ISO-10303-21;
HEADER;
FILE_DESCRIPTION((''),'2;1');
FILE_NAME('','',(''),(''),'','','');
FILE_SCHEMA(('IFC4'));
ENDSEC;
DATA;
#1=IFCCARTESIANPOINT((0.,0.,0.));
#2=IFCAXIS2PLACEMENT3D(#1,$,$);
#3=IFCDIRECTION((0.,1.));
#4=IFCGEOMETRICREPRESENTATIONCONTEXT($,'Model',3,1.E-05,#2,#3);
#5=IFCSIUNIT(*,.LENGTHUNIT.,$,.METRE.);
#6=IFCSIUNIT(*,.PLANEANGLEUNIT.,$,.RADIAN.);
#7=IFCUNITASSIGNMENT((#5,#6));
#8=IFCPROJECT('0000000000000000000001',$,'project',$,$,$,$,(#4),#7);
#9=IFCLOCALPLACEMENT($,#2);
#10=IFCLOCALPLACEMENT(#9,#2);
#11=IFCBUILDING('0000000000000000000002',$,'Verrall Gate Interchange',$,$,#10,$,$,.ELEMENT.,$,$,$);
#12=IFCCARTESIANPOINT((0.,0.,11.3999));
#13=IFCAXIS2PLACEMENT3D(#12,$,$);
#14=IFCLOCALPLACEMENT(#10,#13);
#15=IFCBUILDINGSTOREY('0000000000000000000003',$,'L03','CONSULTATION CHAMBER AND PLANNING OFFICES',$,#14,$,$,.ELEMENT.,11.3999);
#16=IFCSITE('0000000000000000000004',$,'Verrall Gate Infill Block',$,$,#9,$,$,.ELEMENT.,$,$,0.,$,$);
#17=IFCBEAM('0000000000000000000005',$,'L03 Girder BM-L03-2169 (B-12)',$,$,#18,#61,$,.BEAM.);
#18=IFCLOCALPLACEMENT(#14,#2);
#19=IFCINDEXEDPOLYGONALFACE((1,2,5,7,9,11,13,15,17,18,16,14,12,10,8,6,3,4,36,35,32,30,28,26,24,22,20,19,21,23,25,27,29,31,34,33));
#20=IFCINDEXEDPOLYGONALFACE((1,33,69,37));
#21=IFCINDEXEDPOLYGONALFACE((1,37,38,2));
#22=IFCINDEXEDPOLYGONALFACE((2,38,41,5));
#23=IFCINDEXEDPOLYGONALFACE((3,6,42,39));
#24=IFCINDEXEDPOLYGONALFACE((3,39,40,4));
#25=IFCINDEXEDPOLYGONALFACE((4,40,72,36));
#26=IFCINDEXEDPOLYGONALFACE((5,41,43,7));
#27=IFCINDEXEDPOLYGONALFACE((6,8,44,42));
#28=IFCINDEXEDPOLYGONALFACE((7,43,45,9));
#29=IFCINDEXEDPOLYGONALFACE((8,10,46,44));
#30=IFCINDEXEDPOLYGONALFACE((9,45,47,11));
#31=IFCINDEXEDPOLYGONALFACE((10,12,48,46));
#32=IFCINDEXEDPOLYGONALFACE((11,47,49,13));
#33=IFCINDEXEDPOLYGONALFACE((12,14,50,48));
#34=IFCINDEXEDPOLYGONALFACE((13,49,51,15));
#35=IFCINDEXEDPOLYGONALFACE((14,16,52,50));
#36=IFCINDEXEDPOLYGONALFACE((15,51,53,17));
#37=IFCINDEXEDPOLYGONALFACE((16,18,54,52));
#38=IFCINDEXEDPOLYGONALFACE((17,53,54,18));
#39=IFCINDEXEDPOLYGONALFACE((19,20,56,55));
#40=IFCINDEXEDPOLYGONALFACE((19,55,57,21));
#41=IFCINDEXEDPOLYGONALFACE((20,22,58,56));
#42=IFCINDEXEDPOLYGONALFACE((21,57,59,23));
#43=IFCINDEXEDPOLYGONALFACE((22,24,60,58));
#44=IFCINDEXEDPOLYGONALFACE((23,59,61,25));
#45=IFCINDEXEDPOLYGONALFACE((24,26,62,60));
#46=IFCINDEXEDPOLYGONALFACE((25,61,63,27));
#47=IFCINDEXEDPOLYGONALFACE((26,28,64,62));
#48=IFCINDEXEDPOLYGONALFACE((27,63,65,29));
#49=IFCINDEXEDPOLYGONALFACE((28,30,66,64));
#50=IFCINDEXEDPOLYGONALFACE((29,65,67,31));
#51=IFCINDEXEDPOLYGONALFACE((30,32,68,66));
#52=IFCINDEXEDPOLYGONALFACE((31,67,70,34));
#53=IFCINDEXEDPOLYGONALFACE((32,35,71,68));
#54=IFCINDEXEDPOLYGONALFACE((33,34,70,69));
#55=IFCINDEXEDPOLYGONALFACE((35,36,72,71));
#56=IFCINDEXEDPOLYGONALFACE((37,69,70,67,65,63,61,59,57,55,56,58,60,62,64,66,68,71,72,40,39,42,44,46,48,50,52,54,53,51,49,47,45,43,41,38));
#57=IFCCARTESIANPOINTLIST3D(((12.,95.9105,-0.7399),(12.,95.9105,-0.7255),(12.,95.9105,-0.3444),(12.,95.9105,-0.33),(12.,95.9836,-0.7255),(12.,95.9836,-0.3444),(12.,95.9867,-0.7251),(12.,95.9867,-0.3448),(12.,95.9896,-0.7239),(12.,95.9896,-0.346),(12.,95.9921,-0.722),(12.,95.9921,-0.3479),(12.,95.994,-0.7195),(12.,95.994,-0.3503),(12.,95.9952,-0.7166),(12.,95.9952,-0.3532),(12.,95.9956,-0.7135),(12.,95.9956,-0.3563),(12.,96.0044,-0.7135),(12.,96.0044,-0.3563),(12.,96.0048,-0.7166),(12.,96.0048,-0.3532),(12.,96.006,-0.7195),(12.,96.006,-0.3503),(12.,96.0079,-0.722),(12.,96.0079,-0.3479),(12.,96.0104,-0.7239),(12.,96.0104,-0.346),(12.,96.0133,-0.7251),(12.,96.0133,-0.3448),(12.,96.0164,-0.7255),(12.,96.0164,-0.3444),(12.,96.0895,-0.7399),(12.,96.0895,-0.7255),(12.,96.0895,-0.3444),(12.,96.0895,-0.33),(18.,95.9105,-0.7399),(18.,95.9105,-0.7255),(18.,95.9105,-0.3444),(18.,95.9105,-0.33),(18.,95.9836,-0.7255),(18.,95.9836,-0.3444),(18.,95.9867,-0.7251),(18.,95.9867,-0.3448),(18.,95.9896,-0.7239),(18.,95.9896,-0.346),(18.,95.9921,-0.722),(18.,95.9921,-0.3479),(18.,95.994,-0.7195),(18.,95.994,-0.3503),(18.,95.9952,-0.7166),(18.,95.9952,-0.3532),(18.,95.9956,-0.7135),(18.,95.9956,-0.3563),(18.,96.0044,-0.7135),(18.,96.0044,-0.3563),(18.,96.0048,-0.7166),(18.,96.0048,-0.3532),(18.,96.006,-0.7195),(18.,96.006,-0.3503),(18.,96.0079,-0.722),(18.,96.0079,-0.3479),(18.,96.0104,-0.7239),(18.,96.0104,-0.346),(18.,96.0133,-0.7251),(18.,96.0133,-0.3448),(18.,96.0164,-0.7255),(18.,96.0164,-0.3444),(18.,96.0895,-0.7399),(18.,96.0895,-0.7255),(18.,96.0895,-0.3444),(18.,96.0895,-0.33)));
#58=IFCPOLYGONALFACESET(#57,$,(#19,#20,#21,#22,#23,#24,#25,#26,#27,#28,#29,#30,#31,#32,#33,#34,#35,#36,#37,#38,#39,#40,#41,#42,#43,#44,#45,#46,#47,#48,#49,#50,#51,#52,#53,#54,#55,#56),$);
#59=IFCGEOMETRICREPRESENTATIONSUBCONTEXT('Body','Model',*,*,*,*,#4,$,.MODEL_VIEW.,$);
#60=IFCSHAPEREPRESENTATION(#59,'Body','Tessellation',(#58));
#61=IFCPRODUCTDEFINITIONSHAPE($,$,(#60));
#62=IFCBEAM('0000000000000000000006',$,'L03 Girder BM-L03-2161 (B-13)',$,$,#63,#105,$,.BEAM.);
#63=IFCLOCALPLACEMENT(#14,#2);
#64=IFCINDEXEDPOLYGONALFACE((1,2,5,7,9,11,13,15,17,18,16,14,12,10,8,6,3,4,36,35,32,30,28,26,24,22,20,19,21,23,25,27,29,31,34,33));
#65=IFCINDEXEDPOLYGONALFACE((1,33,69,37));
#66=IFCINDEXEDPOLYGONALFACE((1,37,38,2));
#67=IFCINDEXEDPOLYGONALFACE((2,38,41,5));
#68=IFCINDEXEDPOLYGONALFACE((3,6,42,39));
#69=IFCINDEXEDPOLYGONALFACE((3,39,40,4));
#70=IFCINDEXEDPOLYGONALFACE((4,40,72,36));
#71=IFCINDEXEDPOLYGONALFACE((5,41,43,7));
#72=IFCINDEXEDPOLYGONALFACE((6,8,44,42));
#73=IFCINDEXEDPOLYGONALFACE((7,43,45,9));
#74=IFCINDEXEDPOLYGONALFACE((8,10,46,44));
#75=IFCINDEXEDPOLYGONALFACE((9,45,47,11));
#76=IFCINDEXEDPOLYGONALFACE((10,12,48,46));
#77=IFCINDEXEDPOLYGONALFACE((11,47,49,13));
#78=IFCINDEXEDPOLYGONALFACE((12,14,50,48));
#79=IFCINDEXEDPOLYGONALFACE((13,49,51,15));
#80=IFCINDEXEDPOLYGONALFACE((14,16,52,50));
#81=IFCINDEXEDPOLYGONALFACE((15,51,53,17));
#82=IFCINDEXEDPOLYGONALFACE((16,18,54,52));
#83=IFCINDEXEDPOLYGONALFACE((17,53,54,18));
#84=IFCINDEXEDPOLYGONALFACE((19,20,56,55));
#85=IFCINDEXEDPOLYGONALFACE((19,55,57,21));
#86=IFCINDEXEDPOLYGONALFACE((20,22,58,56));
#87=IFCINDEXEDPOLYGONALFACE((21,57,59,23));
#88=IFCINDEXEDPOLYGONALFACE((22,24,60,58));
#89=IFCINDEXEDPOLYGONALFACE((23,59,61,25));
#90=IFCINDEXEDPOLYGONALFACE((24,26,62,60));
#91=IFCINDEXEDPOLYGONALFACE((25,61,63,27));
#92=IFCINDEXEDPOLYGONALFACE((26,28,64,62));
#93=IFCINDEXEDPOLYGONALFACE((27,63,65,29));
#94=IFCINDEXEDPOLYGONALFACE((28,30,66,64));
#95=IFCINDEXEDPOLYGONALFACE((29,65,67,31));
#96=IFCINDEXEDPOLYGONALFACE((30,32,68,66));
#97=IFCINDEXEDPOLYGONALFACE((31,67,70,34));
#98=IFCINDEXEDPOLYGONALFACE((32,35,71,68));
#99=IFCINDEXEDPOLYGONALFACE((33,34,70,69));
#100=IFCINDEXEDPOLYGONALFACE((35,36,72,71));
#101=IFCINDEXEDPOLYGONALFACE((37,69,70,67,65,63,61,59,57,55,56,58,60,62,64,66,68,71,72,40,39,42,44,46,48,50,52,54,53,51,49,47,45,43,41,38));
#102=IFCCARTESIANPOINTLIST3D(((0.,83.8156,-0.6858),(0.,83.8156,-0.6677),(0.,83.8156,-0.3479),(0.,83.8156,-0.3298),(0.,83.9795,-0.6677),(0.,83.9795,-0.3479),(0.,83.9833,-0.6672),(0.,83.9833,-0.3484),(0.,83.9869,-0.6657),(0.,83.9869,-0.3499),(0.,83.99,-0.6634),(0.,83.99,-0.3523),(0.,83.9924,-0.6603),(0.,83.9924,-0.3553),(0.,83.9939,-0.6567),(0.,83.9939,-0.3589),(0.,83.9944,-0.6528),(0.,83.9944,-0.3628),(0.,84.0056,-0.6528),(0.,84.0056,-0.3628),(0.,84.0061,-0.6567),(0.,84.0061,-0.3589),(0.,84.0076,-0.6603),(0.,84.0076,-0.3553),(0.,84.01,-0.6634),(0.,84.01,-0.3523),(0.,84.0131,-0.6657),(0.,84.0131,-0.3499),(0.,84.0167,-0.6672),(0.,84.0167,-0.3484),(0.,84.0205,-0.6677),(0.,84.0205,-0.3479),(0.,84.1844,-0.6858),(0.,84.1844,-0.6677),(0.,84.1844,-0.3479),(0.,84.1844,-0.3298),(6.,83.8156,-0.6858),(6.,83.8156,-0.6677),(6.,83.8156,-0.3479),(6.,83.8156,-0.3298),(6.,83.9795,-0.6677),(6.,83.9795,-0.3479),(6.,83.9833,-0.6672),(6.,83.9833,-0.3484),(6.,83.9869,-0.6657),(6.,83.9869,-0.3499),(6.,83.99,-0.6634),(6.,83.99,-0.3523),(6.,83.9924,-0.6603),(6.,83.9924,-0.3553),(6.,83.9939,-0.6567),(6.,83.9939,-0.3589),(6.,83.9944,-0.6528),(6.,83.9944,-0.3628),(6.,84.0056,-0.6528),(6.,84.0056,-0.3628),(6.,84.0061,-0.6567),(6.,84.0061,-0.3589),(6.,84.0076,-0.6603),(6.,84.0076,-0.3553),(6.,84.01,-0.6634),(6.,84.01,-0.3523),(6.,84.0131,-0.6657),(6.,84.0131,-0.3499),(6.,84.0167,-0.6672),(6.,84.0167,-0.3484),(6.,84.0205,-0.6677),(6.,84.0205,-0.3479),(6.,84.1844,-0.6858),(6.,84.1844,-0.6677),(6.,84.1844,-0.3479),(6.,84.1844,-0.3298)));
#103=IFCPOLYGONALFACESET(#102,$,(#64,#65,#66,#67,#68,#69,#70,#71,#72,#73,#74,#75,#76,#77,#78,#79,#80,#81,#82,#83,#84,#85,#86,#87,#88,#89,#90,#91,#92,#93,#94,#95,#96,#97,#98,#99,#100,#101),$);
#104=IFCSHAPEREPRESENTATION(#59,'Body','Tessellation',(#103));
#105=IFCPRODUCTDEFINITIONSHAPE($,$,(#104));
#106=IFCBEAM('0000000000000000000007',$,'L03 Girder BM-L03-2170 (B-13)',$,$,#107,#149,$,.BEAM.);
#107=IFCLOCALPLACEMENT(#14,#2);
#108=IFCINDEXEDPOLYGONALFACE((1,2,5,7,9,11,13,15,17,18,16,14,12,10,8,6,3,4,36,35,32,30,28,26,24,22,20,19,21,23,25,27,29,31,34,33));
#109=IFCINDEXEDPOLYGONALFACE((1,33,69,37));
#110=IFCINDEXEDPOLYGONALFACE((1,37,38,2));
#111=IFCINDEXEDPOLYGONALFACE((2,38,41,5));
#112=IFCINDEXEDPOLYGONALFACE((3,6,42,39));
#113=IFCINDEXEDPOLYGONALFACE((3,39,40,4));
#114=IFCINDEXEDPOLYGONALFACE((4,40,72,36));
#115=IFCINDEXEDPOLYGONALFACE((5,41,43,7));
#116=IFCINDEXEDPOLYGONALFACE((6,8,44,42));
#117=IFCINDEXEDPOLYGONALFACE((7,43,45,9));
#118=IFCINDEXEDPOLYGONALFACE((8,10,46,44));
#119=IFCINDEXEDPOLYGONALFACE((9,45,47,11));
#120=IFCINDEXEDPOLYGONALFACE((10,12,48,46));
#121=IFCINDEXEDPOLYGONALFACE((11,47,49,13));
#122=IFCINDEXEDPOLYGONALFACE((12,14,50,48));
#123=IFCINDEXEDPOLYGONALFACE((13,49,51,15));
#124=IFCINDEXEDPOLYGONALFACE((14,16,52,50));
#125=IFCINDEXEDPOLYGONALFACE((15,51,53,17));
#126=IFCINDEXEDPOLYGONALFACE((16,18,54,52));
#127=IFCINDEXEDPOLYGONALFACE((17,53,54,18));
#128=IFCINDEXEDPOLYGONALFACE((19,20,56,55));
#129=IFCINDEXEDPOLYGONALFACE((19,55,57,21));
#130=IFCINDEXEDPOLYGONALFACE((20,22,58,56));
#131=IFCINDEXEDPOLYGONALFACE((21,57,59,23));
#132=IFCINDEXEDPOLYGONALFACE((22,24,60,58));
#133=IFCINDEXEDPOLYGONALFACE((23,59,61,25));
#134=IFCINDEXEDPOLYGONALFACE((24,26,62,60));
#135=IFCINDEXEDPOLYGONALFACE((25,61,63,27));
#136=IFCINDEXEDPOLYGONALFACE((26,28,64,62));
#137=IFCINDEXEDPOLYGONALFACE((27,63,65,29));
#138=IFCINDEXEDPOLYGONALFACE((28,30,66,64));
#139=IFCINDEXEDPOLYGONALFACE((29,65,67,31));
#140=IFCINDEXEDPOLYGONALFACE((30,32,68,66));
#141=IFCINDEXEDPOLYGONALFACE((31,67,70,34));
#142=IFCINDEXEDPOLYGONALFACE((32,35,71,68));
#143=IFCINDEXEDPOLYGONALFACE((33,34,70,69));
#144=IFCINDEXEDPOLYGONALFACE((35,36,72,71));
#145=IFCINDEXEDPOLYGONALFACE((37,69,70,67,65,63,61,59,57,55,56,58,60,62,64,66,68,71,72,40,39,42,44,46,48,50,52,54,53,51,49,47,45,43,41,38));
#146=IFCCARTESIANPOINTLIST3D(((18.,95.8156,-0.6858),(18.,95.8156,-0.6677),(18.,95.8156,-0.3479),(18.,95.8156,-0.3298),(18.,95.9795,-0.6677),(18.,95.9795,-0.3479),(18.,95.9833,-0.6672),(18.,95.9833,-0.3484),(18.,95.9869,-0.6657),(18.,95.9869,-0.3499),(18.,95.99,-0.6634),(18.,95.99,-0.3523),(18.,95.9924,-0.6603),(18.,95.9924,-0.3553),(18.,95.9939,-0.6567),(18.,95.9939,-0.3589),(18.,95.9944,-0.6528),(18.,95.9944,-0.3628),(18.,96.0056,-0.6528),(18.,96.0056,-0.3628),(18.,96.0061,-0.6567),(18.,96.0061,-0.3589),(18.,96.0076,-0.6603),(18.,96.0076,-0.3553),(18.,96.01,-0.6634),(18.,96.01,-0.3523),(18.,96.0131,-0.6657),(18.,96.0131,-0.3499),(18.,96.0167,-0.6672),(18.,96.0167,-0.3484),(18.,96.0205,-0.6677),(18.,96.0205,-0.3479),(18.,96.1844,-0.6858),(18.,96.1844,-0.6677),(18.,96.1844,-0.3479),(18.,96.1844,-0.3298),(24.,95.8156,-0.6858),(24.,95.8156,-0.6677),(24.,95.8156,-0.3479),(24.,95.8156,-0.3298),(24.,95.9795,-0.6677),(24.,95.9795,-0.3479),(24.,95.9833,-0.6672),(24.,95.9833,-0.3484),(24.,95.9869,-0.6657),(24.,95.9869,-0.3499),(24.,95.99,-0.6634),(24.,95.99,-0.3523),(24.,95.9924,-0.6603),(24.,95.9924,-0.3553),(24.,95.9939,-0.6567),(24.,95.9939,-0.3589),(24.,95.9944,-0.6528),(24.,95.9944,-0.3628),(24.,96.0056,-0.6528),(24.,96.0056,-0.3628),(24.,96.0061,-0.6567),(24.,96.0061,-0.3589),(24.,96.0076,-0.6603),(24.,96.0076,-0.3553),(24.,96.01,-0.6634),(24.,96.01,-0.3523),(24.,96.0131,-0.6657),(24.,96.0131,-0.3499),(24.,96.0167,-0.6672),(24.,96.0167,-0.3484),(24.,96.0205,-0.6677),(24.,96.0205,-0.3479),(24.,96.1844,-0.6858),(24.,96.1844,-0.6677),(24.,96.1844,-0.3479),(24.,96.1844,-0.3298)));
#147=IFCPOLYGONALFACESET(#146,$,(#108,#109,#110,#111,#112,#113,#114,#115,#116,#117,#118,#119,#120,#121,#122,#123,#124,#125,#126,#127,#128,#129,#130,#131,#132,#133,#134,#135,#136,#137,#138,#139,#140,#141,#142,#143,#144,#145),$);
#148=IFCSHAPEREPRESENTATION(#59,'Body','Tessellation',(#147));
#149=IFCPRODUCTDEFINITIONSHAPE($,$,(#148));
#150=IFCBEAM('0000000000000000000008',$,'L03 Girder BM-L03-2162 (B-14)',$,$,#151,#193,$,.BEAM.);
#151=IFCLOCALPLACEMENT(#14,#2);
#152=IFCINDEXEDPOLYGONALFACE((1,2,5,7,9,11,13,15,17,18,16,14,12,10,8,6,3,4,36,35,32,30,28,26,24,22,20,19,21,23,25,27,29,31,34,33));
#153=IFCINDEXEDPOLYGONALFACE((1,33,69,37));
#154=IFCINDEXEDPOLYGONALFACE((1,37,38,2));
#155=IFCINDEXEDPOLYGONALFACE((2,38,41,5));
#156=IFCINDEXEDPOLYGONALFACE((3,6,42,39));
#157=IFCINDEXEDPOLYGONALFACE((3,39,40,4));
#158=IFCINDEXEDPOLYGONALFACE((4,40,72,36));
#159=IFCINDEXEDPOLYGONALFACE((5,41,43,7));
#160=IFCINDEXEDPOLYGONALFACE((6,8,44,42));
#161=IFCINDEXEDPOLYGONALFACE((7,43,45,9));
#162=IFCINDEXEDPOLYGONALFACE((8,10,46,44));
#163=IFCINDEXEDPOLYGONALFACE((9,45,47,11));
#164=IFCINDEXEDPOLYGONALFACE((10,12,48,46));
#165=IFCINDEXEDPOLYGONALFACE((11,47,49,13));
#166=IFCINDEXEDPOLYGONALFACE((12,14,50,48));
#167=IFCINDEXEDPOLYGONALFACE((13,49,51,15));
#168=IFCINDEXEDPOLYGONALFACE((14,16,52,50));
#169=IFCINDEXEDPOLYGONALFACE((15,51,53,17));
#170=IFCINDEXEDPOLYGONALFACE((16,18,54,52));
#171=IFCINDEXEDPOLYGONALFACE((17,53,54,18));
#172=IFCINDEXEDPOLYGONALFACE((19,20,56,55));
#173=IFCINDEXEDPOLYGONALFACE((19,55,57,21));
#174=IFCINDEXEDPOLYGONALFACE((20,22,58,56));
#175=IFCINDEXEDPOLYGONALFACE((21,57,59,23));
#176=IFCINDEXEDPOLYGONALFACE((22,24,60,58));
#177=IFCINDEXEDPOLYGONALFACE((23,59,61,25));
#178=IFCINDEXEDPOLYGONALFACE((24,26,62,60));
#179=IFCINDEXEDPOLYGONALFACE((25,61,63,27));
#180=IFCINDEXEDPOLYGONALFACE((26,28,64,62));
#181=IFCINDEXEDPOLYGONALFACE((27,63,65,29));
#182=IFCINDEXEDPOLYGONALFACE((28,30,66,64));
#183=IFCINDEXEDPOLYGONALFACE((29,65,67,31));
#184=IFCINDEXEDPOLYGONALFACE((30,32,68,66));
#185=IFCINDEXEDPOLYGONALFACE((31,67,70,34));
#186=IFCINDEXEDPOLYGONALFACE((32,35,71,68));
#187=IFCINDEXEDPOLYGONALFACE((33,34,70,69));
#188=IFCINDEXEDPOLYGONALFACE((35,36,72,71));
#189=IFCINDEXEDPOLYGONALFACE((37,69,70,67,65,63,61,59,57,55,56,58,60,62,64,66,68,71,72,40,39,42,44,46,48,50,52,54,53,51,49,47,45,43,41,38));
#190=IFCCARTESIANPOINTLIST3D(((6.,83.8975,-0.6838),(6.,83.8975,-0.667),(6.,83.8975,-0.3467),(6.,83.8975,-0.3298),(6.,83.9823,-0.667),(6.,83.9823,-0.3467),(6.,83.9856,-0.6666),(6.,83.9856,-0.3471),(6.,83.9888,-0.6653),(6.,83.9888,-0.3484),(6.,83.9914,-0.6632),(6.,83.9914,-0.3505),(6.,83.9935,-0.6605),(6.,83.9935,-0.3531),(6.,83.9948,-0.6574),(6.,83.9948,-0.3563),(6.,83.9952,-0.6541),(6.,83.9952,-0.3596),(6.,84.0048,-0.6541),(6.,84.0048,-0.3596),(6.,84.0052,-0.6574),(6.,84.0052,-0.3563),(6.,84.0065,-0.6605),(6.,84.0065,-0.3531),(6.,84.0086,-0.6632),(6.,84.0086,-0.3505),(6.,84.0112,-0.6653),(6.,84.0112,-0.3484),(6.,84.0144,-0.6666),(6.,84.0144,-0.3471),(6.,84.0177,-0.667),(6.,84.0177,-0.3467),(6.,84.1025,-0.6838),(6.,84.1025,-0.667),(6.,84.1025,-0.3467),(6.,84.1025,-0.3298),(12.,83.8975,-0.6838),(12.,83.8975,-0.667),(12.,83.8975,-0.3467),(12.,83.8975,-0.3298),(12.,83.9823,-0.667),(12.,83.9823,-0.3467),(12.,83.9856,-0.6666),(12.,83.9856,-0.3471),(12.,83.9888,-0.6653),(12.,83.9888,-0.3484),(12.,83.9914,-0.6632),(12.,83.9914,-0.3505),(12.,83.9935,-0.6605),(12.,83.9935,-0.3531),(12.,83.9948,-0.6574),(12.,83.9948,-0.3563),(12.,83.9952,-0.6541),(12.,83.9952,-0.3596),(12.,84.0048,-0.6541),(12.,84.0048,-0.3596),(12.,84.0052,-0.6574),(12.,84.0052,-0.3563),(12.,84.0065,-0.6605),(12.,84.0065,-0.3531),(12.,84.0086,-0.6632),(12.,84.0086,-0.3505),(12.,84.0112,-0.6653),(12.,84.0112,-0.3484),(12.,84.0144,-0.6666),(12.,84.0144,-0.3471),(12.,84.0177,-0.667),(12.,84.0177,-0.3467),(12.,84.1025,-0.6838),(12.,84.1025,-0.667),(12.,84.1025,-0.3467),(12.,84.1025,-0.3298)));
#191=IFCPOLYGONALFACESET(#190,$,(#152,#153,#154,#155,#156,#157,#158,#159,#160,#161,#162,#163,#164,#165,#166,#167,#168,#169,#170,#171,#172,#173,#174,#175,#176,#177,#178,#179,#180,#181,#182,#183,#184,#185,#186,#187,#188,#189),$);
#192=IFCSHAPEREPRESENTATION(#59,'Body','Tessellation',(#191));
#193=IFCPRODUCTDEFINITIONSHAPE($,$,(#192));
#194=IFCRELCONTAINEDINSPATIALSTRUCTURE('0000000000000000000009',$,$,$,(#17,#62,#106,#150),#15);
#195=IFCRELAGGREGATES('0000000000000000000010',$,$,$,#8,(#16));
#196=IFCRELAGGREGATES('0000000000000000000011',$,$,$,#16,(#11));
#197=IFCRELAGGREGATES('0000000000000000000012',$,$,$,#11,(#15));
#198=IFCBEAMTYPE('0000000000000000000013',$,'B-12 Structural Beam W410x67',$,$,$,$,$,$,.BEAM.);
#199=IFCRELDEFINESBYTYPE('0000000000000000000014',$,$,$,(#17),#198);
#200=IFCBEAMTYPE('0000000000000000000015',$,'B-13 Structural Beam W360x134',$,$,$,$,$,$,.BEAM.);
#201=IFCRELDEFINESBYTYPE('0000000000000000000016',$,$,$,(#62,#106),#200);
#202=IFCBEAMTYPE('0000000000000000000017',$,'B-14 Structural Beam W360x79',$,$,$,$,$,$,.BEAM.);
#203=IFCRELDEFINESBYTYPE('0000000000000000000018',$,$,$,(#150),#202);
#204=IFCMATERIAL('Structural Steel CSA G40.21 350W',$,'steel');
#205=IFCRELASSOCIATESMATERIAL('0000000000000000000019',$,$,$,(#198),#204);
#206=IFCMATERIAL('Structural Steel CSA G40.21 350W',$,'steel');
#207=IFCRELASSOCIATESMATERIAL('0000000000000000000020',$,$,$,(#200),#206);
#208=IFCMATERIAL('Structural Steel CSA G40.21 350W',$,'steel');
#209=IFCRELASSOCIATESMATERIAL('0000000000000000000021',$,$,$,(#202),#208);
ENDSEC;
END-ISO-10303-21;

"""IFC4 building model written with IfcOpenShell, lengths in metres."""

from ifc_helpers import new_model, si_unit, direction, frame, origin, origin_2d, place, context, subcontext, project, spatial, i_section, extrude, material, material_profile, profile_set, type_object, element, save


model = new_model("IFC4")

# Units and contexts
model_context = context("Model", 3, precision=1e-05, world=origin(), true_north=direction((0.0, 1.0)))
body_context = subcontext(model_context, "Body", "Model", "MODEL_VIEW")
ifc_project = project(units=[si_unit("LENGTHUNIT", "METRE"), si_unit("PLANEANGLEUNIT", "RADIAN")], contexts=[model_context])

# Site, building, storey
site_placement = place(None, origin())
site = spatial("IfcSite", under=ifc_project, at=site_placement, Name="Verrall Gate Infill Block", CompositionType="ELEMENT", RefElevation=0.0)
building_placement = place(site_placement, origin())
building = spatial("IfcBuilding", under=site, at=building_placement, Name="Verrall Gate Interchange", CompositionType="ELEMENT")
storey_placement = place(building_placement, frame((0.0, 0.0, 11.3999)))
storey = spatial("IfcBuildingStorey", under=building, at=storey_placement, Name="L03", Description="CONSULTATION CHAMBER AND PLANNING OFFICES", CompositionType="ELEMENT", Elevation=11.3999)

# Beams
ifc_material_1 = material(Name="Structural Steel CSA G40.21 350W", Category="steel")
ifc_material_profile_1 = material_profile(ifc_material_1, i_section(OverallWidth=0.179, OverallDepth=0.4099, WebThickness=0.0088, FlangeThickness=0.0144, FilletRadius=0.012, at=origin_2d()), Name="W410x67")
ifc_profile_set_1 = profile_set([ifc_material_profile_1], Name="Structural Steel CSA G40.21 350W")
beam_type_1 = type_object("IfcBeamType", Name="B-12 Structural Beam W410x67", PredefinedType="BEAM", material=ifc_profile_set_1)
beam_1_placement = place(storey_placement, frame((12.0, 96.0, -0.5349), z_axis=(1.0, 0.0, 0.0), x_axis=(0.0, 1.0, 0.0)))
element("IfcBeam", 1, at=beam_1_placement, inside=storey, type_object=beam_type_1, Name="L03 Girder BM-L03-2169 (B-12)", PredefinedType="BEAM", context=body_context, shape_type="SweptSolid", body=[
    extrude(i_section(OverallWidth=0.179, OverallDepth=0.4099, WebThickness=0.0088, FlangeThickness=0.0144, FilletRadius=0.012, at=origin_2d()), origin(), (0.0, 0.0, 1.0), 6.0),
])
ifc_material_2 = material(Name="Structural Steel CSA G40.21 350W", Category="steel")
ifc_material_profile_2 = material_profile(ifc_material_2, i_section(OverallWidth=0.3689, OverallDepth=0.356, WebThickness=0.0112, FlangeThickness=0.0181, FilletRadius=0.0149, at=origin_2d()), Name="W360x134")
ifc_profile_set_2 = profile_set([ifc_material_profile_2], Name="Structural Steel CSA G40.21 350W")
beam_type_2 = type_object("IfcBeamType", Name="B-13 Structural Beam W360x134", PredefinedType="BEAM", material=ifc_profile_set_2)
for number, where, z_axis, x_axis, name in (
    (2, (0.0, 84.0, -0.5078), (1.0, 0.0, 0.0), (0.0, 1.0, 0.0), "L03 Girder BM-L03-2161 (B-13)"),
    (3, (18.0, 96.0, -0.5078), (1.0, 0.0, 0.0), (0.0, 1.0, 0.0), "L03 Girder BM-L03-2170 (B-13)"),
):
    element("IfcBeam", number, at=place(storey_placement, frame(where, z_axis=z_axis, x_axis=x_axis)), inside=storey, type_object=beam_type_2, Name=name, PredefinedType="BEAM", context=body_context, shape_type="SweptSolid", body=[
        extrude(i_section(OverallWidth=0.3689, OverallDepth=0.356, WebThickness=0.0112, FlangeThickness=0.0181, FilletRadius=0.0149, at=origin_2d()), origin(), (0.0, 0.0, 1.0), 6.0),
    ])
ifc_material_3 = material(Name="Structural Steel CSA G40.21 350W", Category="steel")
ifc_material_profile_3 = material_profile(ifc_material_3, i_section(OverallWidth=0.2051, OverallDepth=0.354, WebThickness=0.0095, FlangeThickness=0.0168, FilletRadius=0.0129, at=origin_2d()), Name="W360x79")
ifc_profile_set_3 = profile_set([ifc_material_profile_3], Name="Structural Steel CSA G40.21 350W")
beam_type_3 = type_object("IfcBeamType", Name="B-14 Structural Beam W360x79", PredefinedType="BEAM", material=ifc_profile_set_3)
beam_2_placement = place(storey_placement, frame((6.0, 84.0, -0.5068), z_axis=(1.0, 0.0, 0.0), x_axis=(0.0, 1.0, 0.0)))
element("IfcBeam", 4, at=beam_2_placement, inside=storey, type_object=beam_type_3, Name="L03 Girder BM-L03-2162 (B-14)", PredefinedType="BEAM", context=body_context, shape_type="SweptSolid", body=[
    extrude(i_section(OverallWidth=0.2051, OverallDepth=0.354, WebThickness=0.0095, FlangeThickness=0.0168, FilletRadius=0.0129, at=origin_2d()), origin(), (0.0, 0.0, 1.0), 6.0),
])

save(model, "model.ifc")
